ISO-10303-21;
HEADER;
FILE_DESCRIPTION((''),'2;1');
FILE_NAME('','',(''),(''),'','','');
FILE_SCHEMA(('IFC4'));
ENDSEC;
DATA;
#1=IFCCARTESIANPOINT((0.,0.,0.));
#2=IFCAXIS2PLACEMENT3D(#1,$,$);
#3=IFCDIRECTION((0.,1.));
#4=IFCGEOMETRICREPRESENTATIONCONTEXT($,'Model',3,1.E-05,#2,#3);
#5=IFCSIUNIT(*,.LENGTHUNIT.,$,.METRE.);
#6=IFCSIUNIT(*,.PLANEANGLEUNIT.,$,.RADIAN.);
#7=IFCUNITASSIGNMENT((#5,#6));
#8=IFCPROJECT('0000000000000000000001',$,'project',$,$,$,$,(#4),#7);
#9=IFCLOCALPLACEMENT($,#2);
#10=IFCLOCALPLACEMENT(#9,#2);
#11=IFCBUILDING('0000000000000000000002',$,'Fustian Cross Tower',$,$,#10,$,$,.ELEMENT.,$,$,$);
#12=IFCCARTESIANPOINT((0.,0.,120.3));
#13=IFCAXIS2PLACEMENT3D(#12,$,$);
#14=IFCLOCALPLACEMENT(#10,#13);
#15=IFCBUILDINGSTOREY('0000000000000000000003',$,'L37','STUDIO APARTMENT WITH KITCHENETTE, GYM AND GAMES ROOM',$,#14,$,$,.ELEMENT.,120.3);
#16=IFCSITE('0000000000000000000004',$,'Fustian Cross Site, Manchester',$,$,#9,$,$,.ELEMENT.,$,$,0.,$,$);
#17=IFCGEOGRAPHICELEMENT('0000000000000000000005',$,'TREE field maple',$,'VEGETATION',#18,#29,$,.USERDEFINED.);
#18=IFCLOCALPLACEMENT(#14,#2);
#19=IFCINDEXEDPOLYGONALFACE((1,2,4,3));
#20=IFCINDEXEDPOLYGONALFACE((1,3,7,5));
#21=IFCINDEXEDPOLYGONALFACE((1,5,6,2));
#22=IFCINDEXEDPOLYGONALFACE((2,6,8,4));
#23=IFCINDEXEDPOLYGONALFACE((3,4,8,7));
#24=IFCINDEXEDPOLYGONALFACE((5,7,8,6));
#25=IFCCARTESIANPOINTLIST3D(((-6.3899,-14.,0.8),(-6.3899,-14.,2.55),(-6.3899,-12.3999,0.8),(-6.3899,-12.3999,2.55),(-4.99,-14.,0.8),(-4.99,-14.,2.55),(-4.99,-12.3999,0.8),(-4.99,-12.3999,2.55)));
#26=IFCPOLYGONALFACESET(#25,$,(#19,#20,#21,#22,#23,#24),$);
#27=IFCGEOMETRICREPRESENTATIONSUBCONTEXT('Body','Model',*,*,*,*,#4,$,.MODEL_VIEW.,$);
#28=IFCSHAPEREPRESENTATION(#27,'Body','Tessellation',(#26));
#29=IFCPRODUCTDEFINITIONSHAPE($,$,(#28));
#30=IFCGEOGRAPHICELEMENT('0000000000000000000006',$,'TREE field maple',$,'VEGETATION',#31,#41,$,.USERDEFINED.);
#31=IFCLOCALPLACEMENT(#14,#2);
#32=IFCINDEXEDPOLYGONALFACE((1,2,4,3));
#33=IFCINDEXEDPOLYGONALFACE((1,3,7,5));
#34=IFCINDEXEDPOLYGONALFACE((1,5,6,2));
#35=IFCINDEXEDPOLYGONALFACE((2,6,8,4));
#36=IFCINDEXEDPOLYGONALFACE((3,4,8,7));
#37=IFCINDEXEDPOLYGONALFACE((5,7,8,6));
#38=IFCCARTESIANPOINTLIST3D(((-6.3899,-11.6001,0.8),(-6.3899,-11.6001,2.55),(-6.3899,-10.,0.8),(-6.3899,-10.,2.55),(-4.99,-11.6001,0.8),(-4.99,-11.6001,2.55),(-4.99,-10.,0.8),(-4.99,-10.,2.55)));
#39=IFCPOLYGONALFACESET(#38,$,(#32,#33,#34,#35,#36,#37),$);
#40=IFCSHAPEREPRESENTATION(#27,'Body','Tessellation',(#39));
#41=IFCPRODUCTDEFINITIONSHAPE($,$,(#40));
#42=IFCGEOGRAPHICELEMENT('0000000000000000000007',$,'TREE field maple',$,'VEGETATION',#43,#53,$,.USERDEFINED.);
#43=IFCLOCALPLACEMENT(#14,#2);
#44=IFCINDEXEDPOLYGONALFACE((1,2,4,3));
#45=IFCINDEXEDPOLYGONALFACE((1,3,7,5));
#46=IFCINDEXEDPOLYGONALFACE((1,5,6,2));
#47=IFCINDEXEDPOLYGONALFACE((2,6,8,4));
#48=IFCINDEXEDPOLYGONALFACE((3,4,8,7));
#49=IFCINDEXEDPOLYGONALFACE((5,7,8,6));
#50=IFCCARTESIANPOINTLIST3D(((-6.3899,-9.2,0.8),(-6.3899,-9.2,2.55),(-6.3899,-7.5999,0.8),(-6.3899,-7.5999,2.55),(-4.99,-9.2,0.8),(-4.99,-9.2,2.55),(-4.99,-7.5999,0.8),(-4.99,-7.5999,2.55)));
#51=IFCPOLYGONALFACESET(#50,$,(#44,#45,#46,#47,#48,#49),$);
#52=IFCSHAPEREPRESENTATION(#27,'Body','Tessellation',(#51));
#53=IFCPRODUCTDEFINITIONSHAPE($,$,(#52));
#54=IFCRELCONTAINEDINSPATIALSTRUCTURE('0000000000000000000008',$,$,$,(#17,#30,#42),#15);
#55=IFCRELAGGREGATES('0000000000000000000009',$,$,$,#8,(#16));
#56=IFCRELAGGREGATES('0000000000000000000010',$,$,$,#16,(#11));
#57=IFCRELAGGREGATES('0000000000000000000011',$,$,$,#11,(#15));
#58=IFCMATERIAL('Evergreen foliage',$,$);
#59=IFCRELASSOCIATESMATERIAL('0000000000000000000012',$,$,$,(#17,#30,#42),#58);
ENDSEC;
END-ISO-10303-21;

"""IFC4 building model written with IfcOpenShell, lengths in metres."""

from ifc_helpers import new_model, si_unit, direction, frame, origin, origin_2d, place, context, subcontext, project, spatial, rectangle, extrude, material, element, save


model = new_model("IFC4")

# Units and contexts
model_context = context("Model", 3, precision=1e-05, world=origin(), true_north=direction((0.0, 1.0)))
body_context = subcontext(model_context, "Body", "Model", "MODEL_VIEW")
ifc_project = project(units=[si_unit("LENGTHUNIT", "METRE"), si_unit("PLANEANGLEUNIT", "RADIAN")], contexts=[model_context])

# Site, building, storey
site_placement = place(None, origin())
site = spatial("IfcSite", under=ifc_project, at=site_placement, Name="Fustian Cross Site, Manchester", CompositionType="ELEMENT", RefElevation=0.0)
building_placement = place(site_placement, origin())
building = spatial("IfcBuilding", under=site, at=building_placement, Name="Fustian Cross Tower", CompositionType="ELEMENT")
storey_placement = place(building_placement, frame((0.0, 0.0, 120.3)))
storey = spatial("IfcBuildingStorey", under=building, at=storey_placement, Name="L37", Description="STUDIO APARTMENT WITH KITCHENETTE, GYM AND GAMES ROOM", CompositionType="ELEMENT", Elevation=120.3)

# Geographic elements
ifc_material_1 = material(Name="Evergreen foliage")
for number, where, z_axis, x_axis, name in (
    (1, (-5.6899, -13.2, 0.8), (0.0, 0.0, 1.0), (1.0, 0.0, 0.0), "TREE field maple"),
    (2, (-5.6899, -10.8, 0.8), (0.0, 0.0, 1.0), (1.0, 0.0, 0.0), "TREE field maple"),
    (3, (-5.6899, -8.3999, 0.8), (0.0, 0.0, 1.0), (1.0, 0.0, 0.0), "TREE field maple"),
):
    element("IfcGeographicElement", number, at=place(storey_placement, frame(where, z_axis=z_axis, x_axis=x_axis)), inside=storey, material=ifc_material_1, Name=name, ObjectType="VEGETATION", PredefinedType="USERDEFINED", context=body_context, shape_type="SweptSolid", body=[
        extrude(rectangle(XDim=1.3999, YDim=1.6001, at=origin_2d()), origin(), (0.0, 0.0, 1.0), 1.75),
    ])

save(model, "model.ifc")
